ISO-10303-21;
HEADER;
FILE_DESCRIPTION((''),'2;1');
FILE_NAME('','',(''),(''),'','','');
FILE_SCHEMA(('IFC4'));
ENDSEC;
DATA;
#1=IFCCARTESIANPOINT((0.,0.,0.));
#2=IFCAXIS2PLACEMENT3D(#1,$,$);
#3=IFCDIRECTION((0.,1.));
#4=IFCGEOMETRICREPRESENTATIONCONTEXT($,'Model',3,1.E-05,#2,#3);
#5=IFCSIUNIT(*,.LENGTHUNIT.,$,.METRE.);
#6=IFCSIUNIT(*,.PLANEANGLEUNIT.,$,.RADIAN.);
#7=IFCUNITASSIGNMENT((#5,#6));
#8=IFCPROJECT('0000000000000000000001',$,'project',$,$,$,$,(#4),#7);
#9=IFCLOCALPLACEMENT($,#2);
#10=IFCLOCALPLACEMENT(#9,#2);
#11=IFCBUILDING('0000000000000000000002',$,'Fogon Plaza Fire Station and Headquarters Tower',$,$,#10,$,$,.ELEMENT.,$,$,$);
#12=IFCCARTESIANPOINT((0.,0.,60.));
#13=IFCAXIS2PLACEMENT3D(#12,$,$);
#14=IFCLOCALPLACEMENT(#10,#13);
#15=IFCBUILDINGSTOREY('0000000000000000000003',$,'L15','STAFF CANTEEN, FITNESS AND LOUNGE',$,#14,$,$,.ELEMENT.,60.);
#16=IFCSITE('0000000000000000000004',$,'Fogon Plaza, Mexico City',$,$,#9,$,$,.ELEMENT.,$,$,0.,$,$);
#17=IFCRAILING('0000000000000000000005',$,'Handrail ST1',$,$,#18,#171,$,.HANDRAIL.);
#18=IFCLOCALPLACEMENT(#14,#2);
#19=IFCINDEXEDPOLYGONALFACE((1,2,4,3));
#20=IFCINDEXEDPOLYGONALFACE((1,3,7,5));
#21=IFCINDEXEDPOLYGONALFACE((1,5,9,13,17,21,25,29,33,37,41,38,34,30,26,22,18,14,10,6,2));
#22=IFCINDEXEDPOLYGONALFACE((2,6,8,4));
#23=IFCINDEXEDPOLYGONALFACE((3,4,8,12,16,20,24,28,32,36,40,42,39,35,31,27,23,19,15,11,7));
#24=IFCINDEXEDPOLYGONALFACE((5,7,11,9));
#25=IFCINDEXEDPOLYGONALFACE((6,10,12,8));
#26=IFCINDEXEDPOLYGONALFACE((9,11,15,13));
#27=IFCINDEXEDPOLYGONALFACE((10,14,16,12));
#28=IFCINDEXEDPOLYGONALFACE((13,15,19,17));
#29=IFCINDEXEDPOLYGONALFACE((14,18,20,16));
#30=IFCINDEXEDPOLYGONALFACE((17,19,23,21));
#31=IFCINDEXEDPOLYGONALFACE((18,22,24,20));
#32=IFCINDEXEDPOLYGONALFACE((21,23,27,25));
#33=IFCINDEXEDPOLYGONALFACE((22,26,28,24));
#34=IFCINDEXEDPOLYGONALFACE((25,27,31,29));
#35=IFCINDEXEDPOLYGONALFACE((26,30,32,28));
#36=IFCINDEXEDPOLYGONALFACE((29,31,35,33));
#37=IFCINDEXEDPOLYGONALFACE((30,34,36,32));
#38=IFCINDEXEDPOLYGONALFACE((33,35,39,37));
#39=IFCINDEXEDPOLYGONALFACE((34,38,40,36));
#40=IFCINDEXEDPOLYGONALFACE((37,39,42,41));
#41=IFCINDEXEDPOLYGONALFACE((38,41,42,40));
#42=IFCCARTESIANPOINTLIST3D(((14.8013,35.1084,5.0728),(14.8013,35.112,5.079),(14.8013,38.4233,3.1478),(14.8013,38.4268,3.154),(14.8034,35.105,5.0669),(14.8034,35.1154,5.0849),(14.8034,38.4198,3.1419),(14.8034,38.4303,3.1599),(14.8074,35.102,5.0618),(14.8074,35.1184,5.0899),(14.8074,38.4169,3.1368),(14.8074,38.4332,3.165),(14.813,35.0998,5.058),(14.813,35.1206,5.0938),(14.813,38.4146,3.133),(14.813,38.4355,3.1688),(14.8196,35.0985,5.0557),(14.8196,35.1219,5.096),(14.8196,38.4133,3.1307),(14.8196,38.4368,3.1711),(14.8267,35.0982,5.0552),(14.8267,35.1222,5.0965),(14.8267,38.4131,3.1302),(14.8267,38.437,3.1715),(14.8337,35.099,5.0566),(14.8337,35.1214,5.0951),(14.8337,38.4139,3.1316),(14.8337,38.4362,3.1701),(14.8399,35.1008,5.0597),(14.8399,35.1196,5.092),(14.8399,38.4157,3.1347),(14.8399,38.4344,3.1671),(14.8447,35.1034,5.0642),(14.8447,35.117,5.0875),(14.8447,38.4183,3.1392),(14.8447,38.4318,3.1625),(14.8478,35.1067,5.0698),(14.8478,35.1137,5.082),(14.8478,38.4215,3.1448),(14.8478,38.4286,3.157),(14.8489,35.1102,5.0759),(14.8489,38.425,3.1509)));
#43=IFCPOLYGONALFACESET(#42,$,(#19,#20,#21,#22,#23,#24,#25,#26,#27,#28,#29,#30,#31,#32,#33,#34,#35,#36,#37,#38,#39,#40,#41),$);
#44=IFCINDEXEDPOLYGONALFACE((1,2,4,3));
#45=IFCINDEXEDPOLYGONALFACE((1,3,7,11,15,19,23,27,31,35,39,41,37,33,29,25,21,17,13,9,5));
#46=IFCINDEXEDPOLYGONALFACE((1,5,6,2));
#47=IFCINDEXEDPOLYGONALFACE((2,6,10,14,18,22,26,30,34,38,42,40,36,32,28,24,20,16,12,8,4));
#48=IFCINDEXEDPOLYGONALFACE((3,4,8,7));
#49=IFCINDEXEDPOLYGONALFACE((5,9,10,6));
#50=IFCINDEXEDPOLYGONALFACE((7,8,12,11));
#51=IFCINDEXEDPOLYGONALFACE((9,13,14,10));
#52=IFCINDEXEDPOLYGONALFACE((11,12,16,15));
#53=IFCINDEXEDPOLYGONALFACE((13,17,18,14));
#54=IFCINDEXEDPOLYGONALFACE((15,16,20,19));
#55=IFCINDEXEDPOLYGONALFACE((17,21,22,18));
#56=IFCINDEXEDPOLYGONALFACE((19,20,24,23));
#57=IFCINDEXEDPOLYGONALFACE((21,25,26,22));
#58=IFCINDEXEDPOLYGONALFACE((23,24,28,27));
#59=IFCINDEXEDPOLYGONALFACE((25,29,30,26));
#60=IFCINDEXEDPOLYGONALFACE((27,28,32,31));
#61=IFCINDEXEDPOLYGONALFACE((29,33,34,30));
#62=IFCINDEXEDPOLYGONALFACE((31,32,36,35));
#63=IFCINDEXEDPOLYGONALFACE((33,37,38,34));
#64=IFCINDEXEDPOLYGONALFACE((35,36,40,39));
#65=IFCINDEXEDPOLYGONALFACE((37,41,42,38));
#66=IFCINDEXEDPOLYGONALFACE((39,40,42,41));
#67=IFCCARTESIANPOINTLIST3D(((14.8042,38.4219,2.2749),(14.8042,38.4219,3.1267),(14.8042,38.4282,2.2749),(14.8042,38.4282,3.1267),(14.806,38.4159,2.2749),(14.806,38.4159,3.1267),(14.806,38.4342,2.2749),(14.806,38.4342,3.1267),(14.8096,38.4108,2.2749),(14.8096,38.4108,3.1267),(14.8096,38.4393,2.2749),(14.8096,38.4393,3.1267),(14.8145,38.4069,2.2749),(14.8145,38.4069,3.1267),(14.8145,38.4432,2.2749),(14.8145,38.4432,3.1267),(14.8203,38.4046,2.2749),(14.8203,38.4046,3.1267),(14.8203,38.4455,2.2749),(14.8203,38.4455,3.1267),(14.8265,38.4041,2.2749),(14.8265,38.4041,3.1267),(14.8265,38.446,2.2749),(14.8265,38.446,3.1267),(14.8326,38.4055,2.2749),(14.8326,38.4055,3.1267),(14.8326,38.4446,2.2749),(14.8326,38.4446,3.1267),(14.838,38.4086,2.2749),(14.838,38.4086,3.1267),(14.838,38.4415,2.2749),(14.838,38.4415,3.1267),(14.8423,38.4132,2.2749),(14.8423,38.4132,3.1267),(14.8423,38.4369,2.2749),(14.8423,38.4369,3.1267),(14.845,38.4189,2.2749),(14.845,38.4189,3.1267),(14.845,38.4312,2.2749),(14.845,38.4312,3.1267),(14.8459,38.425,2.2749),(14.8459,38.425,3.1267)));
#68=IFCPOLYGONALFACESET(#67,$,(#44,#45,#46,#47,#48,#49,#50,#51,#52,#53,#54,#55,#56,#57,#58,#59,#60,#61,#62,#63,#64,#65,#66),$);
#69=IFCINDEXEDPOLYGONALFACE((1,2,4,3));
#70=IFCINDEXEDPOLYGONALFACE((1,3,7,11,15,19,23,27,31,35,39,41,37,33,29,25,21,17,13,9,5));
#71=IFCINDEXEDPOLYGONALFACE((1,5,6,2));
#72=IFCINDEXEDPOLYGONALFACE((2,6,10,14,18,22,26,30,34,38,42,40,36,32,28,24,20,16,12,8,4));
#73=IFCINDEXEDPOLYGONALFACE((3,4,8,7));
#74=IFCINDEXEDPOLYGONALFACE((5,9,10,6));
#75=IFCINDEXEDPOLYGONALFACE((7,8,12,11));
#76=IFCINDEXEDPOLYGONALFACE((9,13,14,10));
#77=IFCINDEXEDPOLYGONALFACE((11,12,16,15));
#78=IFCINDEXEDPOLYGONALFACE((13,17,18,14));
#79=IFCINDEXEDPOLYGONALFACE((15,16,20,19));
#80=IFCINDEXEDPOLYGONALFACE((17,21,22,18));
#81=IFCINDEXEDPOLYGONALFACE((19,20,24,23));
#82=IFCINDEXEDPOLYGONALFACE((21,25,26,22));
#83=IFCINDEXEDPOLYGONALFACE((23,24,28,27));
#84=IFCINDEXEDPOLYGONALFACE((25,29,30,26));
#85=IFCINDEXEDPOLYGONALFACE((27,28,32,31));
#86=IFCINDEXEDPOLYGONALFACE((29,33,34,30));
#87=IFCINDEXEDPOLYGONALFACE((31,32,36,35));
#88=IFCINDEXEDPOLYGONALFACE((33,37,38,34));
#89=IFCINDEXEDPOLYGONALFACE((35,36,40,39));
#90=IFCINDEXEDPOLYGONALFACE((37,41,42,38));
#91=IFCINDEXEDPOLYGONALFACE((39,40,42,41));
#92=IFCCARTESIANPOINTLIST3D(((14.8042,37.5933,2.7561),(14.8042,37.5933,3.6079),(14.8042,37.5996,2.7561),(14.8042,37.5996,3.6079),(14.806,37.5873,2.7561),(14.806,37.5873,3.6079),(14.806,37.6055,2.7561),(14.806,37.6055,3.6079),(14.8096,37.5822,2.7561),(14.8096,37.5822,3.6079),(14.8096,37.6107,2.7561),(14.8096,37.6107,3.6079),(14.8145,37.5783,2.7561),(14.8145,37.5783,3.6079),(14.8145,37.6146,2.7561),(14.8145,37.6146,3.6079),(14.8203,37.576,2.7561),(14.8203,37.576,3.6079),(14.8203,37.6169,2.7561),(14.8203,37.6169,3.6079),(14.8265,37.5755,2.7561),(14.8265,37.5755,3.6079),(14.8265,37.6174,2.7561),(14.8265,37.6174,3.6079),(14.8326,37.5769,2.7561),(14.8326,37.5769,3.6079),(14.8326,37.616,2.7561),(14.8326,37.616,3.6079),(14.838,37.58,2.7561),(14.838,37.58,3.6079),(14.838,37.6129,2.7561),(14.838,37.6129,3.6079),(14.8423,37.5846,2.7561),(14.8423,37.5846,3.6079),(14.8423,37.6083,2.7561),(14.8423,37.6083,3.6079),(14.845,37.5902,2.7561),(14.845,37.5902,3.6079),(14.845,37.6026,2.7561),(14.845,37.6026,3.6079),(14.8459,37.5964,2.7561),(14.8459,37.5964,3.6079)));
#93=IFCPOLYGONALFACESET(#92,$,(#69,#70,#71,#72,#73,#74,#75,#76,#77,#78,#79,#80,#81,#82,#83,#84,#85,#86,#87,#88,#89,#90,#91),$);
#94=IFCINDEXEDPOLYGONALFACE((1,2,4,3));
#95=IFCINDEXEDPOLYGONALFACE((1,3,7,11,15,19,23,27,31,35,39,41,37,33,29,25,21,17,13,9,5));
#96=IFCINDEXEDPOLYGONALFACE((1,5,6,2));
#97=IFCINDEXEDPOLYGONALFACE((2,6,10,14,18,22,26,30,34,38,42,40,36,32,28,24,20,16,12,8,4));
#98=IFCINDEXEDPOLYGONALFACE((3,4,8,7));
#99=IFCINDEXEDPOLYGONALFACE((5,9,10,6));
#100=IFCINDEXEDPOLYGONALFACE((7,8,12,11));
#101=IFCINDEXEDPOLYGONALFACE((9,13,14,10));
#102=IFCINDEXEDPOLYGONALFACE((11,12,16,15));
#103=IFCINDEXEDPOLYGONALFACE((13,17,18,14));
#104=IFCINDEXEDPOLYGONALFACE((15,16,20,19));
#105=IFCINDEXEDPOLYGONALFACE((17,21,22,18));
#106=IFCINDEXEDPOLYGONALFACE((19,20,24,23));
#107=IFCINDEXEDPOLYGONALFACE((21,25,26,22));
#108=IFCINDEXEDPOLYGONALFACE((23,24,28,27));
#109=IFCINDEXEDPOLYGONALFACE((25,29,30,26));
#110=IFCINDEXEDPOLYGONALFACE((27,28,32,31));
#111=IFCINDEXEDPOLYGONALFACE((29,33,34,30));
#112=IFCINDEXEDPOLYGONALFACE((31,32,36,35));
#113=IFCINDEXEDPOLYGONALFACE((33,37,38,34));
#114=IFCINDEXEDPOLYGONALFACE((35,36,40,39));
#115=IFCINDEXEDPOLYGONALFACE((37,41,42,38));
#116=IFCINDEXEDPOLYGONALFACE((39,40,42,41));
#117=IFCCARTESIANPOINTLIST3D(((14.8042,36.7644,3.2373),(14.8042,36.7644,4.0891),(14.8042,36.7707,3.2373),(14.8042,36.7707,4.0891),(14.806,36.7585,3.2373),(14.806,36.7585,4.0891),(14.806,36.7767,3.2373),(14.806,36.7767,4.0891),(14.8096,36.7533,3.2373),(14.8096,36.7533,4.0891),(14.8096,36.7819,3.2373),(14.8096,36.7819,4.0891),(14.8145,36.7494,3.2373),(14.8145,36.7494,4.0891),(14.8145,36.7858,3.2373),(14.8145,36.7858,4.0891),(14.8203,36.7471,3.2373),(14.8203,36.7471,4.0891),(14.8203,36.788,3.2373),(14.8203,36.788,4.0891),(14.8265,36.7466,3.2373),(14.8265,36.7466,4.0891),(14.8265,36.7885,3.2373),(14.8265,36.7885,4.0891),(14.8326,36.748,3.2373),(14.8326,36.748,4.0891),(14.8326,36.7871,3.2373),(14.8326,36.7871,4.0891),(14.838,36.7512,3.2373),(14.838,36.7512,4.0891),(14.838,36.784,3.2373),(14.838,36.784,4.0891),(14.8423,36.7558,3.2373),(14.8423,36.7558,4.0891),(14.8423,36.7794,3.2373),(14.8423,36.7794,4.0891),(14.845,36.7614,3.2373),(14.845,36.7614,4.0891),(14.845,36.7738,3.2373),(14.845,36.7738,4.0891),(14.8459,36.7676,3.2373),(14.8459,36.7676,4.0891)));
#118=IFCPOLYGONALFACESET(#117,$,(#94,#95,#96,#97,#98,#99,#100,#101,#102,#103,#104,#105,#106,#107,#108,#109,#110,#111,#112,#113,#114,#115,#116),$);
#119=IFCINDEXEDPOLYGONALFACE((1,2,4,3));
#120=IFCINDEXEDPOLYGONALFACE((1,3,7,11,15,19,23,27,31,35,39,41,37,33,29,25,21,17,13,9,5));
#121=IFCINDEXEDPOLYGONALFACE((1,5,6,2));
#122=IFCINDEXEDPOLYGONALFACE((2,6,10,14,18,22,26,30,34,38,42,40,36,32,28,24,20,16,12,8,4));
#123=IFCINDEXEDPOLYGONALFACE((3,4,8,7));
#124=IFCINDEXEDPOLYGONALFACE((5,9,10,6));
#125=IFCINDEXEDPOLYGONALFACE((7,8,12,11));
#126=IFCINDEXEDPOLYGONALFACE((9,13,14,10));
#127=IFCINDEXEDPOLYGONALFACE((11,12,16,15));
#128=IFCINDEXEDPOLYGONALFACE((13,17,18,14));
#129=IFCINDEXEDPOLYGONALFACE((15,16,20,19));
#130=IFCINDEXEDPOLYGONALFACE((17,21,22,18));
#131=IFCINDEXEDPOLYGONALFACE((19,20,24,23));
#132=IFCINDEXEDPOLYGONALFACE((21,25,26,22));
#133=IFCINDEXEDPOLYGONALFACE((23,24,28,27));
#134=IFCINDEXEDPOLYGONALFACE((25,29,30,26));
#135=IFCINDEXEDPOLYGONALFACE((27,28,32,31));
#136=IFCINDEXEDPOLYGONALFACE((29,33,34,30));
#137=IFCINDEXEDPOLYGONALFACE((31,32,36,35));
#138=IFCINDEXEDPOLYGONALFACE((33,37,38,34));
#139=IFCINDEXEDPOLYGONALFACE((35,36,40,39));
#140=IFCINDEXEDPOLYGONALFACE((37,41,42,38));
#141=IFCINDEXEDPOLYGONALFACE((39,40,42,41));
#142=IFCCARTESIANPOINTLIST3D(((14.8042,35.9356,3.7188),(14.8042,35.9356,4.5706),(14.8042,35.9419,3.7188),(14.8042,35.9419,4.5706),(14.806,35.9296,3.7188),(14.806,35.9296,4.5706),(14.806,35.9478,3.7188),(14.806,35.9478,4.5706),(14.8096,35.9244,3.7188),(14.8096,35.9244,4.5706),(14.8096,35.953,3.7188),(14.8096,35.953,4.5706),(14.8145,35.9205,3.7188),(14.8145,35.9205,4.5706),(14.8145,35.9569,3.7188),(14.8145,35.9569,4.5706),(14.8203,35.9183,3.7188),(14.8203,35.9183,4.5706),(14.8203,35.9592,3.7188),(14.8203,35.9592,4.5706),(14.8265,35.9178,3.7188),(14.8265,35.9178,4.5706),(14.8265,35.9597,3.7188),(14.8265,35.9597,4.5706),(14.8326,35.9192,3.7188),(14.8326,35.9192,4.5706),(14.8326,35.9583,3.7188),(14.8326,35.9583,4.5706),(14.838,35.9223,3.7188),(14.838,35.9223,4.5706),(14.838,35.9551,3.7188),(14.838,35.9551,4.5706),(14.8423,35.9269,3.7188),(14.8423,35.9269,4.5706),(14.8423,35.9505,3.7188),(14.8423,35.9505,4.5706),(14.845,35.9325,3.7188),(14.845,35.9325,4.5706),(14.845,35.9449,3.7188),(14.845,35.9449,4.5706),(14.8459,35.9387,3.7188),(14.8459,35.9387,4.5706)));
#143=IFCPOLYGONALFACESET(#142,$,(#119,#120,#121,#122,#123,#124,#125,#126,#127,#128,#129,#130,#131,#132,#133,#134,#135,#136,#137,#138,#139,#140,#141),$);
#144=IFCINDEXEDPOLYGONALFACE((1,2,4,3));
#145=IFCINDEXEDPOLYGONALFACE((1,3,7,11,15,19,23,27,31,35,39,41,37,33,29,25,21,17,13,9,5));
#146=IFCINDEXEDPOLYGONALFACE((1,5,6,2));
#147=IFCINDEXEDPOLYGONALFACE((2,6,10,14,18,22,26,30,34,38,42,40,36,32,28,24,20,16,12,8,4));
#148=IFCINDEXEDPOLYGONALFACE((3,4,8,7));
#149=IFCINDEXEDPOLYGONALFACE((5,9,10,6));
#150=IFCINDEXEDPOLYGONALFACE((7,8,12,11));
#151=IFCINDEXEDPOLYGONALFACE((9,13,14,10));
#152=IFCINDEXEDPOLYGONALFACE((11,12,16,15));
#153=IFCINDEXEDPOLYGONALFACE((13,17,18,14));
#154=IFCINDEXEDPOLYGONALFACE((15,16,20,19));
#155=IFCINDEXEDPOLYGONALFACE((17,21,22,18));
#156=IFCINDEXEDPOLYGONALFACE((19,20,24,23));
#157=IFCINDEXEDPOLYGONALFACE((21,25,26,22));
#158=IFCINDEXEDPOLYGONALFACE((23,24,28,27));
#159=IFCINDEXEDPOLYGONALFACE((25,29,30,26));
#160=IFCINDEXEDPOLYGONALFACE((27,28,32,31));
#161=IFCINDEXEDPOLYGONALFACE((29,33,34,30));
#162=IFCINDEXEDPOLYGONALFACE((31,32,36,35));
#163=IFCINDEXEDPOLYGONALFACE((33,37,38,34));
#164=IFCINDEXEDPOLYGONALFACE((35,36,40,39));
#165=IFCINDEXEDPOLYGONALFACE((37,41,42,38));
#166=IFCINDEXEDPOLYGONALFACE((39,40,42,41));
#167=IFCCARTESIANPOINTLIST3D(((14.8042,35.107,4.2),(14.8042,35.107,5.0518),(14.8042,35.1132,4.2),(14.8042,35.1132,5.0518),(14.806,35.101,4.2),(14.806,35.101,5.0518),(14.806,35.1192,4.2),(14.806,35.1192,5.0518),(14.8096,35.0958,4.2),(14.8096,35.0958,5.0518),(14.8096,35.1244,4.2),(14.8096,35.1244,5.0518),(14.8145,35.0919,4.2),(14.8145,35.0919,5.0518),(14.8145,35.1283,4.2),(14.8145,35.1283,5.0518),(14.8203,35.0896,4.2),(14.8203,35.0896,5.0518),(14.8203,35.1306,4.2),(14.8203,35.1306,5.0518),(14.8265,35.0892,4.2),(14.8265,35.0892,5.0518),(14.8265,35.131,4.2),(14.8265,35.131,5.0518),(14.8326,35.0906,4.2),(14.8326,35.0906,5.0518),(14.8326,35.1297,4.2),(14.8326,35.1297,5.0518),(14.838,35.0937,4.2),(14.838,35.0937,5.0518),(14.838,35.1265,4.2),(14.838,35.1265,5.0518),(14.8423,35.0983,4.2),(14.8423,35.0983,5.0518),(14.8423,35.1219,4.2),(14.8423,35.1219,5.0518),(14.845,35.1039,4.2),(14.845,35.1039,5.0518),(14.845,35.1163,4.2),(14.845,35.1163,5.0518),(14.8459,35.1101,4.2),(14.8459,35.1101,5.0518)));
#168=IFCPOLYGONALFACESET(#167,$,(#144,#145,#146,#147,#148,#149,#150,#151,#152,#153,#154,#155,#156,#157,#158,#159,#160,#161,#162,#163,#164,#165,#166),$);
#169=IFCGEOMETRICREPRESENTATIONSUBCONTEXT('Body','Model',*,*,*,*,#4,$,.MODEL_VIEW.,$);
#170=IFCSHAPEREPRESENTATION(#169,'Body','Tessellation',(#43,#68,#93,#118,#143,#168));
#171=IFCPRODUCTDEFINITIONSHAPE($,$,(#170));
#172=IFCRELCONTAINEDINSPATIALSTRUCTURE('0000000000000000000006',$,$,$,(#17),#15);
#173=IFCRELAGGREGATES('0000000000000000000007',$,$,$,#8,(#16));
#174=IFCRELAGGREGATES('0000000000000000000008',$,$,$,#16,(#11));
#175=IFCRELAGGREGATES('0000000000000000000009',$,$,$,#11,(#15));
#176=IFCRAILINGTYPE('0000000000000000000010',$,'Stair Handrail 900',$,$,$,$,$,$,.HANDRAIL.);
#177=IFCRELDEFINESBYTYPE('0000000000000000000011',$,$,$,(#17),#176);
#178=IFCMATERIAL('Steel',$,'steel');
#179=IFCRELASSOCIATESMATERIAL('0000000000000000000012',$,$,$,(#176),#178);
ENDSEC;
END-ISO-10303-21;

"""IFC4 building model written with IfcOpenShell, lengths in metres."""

from ifc_helpers import new_model, si_unit, direction, frame, origin, origin_2d, place, context, subcontext, project, spatial, circle, extrude, material, type_object, element, save


model = new_model("IFC4")

# Units and contexts
model_context = context("Model", 3, precision=1e-05, world=origin(), true_north=direction((0.0, 1.0)))
body_context = subcontext(model_context, "Body", "Model", "MODEL_VIEW")
ifc_project = project(units=[si_unit("LENGTHUNIT", "METRE"), si_unit("PLANEANGLEUNIT", "RADIAN")], contexts=[model_context])

# Site, building, storey
site_placement = place(None, origin())
site = spatial("IfcSite", under=ifc_project, at=site_placement, Name="Fogon Plaza, Mexico City", CompositionType="ELEMENT", RefElevation=0.0)
building_placement = place(site_placement, origin())
building = spatial("IfcBuilding", under=site, at=building_placement, Name="Fogon Plaza Fire Station and Headquarters Tower", CompositionType="ELEMENT")
storey_placement = place(building_placement, frame((0.0, 0.0, 60.0)))
storey = spatial("IfcBuildingStorey", under=building, at=storey_placement, Name="L15", Description="STAFF CANTEEN, FITNESS AND LOUNGE", CompositionType="ELEMENT", Elevation=60.0)

# Railing
ifc_material_1 = material(Name="Steel", Category="steel")
railing_type = type_object("IfcRailingType", Name="Stair Handrail 900", PredefinedType="HANDRAIL", material=ifc_material_1)
for number, where, name in (
    (1, (14.825, 38.425, 2.2749), "Handrail ST1"),
):
    element("IfcRailing", number, at=place(storey_placement, frame(where)), inside=storey, type_object=railing_type, Name=name, PredefinedType="HANDRAIL", context=body_context, shape_type="SweptSolid", body=[
        extrude(circle(Radius=0.0239, at=origin_2d()), frame((0.0, 0.0, 0.876), z_axis=(0.0, -0.864761, 0.502183), x_axis=(1.0, 0.0, 0.0)), (0.0, 0.0, 1.0), 3.8333),
        extrude(circle(Radius=0.021, at=origin_2d()), origin(), (0.0, 0.0, 1.0), 0.8518),
        extrude(circle(Radius=0.021, at=origin_2d()), frame((0.0, -0.8286, 0.4812)), (0.0, 0.0, 1.0), 0.8518),
        extrude(circle(Radius=0.021, at=origin_2d()), frame((0.0, -1.6575, 0.9624)), (0.0, 0.0, 1.0), 0.8518),
        extrude(circle(Radius=0.021, at=origin_2d()), frame((0.0, -2.4863, 1.4438)), (0.0, 0.0, 1.0), 0.8518),
        extrude(circle(Radius=0.021, at=origin_2d()), frame((0.0, -3.3149, 1.925)), (0.0, 0.0, 1.0), 0.8518),
    ])

save(model, "model.ifc")
